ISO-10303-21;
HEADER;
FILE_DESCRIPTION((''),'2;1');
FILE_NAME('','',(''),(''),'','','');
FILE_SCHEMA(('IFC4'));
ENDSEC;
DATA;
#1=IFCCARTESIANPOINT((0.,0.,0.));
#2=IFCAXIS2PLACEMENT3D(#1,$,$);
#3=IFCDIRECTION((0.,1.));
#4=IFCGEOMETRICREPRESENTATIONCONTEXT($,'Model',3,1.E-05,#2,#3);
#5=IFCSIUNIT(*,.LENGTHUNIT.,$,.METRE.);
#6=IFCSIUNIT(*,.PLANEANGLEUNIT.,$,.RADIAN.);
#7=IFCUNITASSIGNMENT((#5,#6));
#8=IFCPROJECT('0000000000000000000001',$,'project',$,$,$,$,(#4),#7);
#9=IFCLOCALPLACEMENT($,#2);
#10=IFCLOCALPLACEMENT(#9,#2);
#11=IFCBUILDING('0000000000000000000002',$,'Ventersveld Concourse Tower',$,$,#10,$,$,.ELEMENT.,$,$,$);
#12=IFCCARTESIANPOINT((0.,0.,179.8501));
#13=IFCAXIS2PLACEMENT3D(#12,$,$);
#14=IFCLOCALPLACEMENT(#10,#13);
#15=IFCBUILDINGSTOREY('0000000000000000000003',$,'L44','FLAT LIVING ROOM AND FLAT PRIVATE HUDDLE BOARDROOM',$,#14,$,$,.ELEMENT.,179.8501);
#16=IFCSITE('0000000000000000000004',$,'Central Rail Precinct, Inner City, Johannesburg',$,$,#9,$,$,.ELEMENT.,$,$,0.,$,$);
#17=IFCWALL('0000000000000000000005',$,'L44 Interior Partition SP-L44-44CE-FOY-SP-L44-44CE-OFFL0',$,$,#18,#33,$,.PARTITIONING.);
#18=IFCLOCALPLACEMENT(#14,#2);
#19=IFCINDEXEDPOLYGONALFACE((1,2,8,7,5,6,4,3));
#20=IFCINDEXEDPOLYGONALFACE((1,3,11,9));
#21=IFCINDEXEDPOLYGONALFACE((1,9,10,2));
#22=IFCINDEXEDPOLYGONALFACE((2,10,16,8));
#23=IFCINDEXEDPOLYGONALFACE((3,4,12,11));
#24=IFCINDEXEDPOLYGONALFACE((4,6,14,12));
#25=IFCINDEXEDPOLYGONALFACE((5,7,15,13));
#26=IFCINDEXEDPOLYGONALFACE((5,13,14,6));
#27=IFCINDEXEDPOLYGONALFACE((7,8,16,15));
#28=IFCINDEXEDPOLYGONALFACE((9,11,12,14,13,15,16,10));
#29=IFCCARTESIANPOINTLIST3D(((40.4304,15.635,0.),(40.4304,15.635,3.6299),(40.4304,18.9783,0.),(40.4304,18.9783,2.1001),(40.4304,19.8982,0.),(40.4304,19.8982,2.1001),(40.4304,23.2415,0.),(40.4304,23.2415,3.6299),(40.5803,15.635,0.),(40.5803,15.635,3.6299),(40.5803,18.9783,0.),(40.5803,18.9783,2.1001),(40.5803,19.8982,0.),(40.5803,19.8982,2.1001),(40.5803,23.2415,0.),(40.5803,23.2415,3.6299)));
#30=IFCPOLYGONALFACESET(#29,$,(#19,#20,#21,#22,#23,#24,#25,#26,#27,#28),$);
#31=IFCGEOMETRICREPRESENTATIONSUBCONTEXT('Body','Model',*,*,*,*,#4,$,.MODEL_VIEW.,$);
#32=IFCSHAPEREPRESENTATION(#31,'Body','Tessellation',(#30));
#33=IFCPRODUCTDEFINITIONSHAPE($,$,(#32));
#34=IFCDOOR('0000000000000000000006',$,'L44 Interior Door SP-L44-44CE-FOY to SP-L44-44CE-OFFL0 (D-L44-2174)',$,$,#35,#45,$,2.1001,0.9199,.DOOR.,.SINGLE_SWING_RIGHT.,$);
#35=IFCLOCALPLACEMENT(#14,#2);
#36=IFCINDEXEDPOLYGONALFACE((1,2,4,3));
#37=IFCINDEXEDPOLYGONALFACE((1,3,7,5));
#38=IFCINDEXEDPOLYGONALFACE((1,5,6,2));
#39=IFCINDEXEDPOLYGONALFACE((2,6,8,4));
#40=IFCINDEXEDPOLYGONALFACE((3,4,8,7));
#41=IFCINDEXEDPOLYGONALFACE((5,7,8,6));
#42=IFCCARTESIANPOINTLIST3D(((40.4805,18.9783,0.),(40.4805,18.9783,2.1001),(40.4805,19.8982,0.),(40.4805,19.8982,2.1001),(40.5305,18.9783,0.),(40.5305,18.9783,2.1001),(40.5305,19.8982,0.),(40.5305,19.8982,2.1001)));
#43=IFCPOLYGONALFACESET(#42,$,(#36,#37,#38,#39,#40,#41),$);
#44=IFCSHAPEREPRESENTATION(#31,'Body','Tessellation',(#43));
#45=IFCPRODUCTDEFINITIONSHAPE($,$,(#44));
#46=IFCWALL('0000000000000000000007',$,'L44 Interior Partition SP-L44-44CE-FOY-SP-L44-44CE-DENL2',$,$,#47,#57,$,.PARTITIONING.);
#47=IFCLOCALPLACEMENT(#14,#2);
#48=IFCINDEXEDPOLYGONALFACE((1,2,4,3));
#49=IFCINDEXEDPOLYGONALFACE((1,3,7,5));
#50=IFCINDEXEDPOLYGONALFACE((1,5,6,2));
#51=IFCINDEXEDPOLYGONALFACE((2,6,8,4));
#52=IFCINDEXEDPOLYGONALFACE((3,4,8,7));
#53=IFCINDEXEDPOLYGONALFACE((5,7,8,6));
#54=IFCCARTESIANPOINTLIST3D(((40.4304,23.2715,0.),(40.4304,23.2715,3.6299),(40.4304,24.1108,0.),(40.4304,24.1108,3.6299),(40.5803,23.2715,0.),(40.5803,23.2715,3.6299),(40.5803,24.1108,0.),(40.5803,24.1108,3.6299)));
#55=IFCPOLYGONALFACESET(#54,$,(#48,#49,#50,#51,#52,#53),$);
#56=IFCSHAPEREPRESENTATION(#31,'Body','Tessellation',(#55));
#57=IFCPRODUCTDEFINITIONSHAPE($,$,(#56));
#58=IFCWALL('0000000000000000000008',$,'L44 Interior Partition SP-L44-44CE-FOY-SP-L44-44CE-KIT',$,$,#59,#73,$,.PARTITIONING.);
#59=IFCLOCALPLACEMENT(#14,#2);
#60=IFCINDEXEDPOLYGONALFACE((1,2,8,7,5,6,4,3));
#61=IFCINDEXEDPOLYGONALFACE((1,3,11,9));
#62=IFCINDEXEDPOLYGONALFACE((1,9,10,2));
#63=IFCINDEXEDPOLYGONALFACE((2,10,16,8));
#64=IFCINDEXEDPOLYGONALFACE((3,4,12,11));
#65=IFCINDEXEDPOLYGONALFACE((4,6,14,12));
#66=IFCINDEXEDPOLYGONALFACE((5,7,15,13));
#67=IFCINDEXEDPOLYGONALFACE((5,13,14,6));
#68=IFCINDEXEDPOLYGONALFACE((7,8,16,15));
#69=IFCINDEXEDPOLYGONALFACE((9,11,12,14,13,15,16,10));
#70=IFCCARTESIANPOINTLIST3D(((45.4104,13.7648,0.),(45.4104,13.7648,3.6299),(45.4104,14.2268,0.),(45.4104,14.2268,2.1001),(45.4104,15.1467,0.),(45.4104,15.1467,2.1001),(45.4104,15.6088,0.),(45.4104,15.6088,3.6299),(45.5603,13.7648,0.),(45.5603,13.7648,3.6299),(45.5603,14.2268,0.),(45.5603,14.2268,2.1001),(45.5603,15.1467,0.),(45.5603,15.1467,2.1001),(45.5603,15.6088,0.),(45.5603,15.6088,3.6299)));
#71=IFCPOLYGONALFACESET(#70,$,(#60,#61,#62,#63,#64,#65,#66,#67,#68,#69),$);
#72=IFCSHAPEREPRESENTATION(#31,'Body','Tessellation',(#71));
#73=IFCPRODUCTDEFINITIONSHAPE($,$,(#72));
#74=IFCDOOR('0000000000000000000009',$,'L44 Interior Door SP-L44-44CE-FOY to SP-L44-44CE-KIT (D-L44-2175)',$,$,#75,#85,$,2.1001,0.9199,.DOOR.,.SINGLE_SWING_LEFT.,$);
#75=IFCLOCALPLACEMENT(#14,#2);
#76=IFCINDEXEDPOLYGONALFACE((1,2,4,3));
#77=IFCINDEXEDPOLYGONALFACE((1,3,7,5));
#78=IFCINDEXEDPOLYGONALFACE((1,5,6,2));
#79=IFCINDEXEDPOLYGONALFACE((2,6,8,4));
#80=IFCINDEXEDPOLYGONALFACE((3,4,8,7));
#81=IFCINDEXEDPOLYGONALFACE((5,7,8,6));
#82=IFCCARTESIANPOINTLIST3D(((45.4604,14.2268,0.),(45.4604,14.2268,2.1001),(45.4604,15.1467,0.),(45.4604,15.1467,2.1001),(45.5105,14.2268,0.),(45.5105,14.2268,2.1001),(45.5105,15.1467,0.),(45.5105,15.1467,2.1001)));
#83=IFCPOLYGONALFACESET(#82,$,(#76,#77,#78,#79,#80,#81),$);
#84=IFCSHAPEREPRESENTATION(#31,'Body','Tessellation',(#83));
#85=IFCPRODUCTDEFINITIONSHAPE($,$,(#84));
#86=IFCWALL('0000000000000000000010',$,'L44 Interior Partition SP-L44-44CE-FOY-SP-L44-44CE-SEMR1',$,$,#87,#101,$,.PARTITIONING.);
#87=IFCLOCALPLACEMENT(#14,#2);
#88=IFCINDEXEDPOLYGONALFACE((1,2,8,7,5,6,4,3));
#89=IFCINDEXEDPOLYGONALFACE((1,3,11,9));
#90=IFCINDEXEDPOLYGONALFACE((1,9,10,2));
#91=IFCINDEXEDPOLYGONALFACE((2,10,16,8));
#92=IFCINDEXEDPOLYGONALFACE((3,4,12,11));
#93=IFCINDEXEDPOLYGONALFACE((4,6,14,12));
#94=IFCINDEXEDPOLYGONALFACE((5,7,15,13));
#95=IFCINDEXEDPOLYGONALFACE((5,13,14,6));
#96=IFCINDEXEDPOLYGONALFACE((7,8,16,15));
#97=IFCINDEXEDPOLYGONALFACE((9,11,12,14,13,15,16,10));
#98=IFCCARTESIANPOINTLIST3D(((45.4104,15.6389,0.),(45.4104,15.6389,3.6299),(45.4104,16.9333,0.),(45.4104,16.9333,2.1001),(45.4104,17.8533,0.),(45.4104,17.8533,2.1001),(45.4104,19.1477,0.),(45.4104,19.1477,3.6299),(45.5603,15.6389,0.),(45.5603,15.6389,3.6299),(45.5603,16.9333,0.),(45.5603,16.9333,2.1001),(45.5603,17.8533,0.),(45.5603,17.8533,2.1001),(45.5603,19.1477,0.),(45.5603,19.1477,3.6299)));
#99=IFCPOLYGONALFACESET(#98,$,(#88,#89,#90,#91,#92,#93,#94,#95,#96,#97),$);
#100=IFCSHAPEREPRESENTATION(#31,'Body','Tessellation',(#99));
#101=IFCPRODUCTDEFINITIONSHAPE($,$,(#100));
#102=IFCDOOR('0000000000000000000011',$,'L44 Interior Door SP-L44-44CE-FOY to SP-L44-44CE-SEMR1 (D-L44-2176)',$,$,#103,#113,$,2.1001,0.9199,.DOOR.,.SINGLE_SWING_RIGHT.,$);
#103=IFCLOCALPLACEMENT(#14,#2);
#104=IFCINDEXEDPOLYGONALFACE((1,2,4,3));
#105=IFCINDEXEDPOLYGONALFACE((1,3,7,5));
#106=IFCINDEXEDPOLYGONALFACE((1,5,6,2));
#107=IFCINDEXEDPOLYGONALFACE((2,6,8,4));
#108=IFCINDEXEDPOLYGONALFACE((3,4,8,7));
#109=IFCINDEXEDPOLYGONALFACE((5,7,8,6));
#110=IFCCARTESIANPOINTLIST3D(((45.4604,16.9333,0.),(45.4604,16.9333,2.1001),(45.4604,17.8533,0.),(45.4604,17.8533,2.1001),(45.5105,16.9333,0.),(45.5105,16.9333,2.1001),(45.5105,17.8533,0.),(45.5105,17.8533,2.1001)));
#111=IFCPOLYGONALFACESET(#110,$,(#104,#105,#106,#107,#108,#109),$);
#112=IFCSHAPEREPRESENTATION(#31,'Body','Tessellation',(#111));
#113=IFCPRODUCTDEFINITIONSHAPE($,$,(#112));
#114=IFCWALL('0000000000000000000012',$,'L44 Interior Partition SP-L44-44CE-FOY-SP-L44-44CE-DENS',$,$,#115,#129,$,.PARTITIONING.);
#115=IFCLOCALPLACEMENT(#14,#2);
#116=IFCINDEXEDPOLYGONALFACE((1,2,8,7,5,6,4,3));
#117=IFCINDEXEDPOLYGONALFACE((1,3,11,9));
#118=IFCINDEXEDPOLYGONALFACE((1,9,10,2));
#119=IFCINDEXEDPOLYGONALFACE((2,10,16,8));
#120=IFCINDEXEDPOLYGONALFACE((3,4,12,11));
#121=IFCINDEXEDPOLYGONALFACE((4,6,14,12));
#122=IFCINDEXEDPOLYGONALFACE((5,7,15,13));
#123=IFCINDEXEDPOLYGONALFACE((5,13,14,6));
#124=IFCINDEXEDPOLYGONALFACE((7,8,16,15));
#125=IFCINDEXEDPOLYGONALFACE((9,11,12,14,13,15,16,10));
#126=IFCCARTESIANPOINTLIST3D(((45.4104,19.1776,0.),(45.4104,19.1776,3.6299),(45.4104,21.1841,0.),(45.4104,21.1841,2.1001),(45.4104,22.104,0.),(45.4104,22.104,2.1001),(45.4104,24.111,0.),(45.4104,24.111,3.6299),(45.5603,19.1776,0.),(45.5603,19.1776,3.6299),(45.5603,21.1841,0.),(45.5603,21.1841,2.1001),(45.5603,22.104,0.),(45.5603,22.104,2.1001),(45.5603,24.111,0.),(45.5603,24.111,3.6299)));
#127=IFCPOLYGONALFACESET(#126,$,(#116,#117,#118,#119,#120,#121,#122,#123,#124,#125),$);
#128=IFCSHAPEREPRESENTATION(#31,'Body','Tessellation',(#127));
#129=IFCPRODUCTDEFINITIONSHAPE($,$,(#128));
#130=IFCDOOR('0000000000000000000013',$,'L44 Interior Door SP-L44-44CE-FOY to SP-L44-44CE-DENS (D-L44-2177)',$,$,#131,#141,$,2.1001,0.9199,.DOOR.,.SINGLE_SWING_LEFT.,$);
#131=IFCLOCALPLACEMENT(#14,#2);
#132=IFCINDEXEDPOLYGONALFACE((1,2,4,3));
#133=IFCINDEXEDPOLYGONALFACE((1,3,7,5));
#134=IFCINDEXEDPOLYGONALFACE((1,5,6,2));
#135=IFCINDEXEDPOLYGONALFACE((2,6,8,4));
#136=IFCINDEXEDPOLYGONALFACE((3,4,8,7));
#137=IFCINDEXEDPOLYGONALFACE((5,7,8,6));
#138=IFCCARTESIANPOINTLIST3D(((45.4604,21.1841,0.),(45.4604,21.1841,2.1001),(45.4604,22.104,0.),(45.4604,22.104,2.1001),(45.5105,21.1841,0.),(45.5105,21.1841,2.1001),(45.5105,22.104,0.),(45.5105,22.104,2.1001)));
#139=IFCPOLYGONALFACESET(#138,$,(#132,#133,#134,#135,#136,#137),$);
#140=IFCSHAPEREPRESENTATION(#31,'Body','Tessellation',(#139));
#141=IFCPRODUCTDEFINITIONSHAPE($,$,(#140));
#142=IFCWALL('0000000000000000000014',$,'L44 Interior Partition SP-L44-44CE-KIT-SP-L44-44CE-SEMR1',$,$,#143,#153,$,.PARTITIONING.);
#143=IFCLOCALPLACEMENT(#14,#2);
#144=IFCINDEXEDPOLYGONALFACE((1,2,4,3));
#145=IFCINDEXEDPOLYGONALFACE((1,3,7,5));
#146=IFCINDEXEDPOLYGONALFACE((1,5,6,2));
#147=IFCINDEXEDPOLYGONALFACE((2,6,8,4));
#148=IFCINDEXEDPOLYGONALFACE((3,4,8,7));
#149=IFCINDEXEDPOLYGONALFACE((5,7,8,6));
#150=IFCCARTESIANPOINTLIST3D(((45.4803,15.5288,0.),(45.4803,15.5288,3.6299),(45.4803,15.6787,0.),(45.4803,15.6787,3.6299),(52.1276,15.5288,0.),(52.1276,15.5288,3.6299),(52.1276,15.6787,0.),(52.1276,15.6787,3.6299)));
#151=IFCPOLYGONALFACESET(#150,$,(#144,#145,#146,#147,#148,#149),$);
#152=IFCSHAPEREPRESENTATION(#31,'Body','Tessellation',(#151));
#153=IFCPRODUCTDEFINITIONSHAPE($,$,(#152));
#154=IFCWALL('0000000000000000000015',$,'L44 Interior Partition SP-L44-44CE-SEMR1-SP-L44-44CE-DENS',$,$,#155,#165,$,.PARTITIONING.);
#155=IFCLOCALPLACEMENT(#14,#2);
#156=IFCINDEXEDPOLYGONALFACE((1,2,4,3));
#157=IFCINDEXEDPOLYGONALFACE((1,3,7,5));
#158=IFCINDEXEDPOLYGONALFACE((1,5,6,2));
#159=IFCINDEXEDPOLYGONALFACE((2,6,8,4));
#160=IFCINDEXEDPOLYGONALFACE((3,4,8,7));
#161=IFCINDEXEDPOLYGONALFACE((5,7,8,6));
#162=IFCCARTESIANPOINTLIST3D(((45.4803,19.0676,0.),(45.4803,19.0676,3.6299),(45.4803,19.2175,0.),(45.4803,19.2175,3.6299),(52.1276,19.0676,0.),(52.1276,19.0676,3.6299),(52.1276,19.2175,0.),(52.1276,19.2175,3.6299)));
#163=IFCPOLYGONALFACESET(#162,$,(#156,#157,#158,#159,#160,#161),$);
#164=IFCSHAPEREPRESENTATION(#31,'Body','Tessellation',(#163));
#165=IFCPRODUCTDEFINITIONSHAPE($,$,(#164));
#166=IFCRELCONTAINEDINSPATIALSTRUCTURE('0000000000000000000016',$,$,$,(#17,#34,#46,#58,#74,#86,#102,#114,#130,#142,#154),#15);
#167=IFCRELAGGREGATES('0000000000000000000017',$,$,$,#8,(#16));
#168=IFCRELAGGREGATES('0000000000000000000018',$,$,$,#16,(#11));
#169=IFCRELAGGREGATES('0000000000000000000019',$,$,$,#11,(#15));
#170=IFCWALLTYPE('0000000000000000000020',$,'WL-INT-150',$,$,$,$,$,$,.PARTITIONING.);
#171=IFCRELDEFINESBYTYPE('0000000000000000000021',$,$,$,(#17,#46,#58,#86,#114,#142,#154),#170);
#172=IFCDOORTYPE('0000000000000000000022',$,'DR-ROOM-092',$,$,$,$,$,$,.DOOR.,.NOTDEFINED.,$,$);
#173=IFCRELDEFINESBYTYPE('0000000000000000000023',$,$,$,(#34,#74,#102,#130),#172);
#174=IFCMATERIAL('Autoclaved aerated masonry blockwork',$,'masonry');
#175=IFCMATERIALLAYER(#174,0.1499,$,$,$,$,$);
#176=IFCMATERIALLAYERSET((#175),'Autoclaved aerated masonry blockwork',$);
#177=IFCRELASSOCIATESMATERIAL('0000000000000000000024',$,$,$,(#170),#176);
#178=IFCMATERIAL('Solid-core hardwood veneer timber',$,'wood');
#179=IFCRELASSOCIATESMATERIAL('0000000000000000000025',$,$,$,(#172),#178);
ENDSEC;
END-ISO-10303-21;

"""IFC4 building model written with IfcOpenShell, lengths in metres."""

from ifc_helpers import new_model, si_unit, direction, frame, frame_2d, origin, place, context, subcontext, project, spatial, rectangle, extrude, material, layer, layer_set, type_object, element, fill, save


model = new_model("IFC4")

# Units and contexts
model_context = context("Model", 3, precision=1e-05, world=origin(), true_north=direction((0.0, 1.0)))
body_context = subcontext(model_context, "Body", "Model", "MODEL_VIEW")
ifc_project = project(units=[si_unit("LENGTHUNIT", "METRE"), si_unit("PLANEANGLEUNIT", "RADIAN")], contexts=[model_context])

# Site, building, storey
site_placement = place(None, origin())
site = spatial("IfcSite", under=ifc_project, at=site_placement, Name="Central Rail Precinct, Inner City, Johannesburg", CompositionType="ELEMENT", RefElevation=0.0)
building_placement = place(site_placement, origin())
building = spatial("IfcBuilding", under=site, at=building_placement, Name="Ventersveld Concourse Tower", CompositionType="ELEMENT")
storey_placement = place(building_placement, frame((0.0, 0.0, 179.8501)))
storey = spatial("IfcBuildingStorey", under=building, at=storey_placement, Name="L44", Description="FLAT LIVING ROOM AND FLAT PRIVATE HUDDLE BOARDROOM", CompositionType="ELEMENT", Elevation=179.8501)

# Shared definitions
ifc_material_1 = material(Name="Solid-core hardwood veneer timber", Category="wood")

# Wall, opening, door
ifc_material_2 = material(Name="Autoclaved aerated masonry blockwork", Category="masonry")
ifc_layer_1 = layer(ifc_material_2, 0.1499)
ifc_layer_set_1 = layer_set([ifc_layer_1], Name="Autoclaved aerated masonry blockwork")
wall_type_1 = type_object("IfcWallType", Name="WL-INT-150", PredefinedType="PARTITIONING", material=ifc_layer_set_1)
wall_1_placement = place(storey_placement, frame((40.5054, 15.635, 0.0), z_axis=(0.0, 0.0, 1.0), x_axis=(0.0, 1.0, 0.0)))
wall_1 = element("IfcWall", 1, at=wall_1_placement, inside=storey, type_object=wall_type_1, Name="L44 Interior Partition SP-L44-44CE-FOY-SP-L44-44CE-OFFL0", PredefinedType="PARTITIONING", context=body_context, shape_type="SweptSolid", body=[
    extrude(rectangle(XDim=7.6064, YDim=0.1499, at=frame_2d((3.8032, 0.0))), origin(), (0.0, 0.0, 1.0), 3.6299),
])
opening_1_placement = place(wall_1_placement, frame((3.3433, 0.0, 0.0)))
opening_1 = element("IfcOpeningElement", 2, at=opening_1_placement, cuts=wall_1, PredefinedType="OPENING", context=body_context, shape_type="SweptSolid", body=[
    extrude(rectangle(XDim=0.9199, YDim=2.1001, at=frame_2d((0.46, 1.05))), frame((0.0, 0.085, 0.0), z_axis=(0.0, -1.0, 0.0), x_axis=(1.0, 0.0, 0.0)), (0.0, 0.0, 1.0), 0.1699),
])
door_type_1 = type_object("IfcDoorType", Name="DR-ROOM-092", OperationType="NOTDEFINED", PredefinedType="DOOR", material=ifc_material_1)
door_1_placement = place(opening_1_placement, origin())
door_1 = element("IfcDoor", 3, at=door_1_placement, inside=storey, type_object=door_type_1, Name="L44 Interior Door SP-L44-44CE-FOY to SP-L44-44CE-OFFL0 (D-L44-2174)", OperationType="SINGLE_SWING_RIGHT", OverallHeight=2.1001, OverallWidth=0.9199, PredefinedType="DOOR", context=body_context, shape_type="SweptSolid", body=[
    extrude(rectangle(XDim=0.9199, YDim=2.1001, at=frame_2d((0.46, 1.05))), frame((0.0, 0.0249, 0.0), z_axis=(0.0, -1.0, 0.0), x_axis=(1.0, 0.0, 0.0)), (0.0, 0.0, 1.0), 0.05),
])
fill(opening_1, door_1)

# Wall
wall_2_placement = place(storey_placement, frame((40.5054, 23.2715, 0.0), z_axis=(0.0, 0.0, 1.0), x_axis=(0.0, 1.0, 0.0)))
element("IfcWall", 4, at=wall_2_placement, inside=storey, type_object=wall_type_1, Name="L44 Interior Partition SP-L44-44CE-FOY-SP-L44-44CE-DENL2", PredefinedType="PARTITIONING", context=body_context, shape_type="SweptSolid", body=[
    extrude(rectangle(XDim=0.8394, YDim=0.1499, at=frame_2d((0.4197, 0.0))), origin(), (0.0, 0.0, 1.0), 3.6299),
])

# Walls, openings, doors
wall_3_placement = place(storey_placement, frame((45.4854, 13.7649, 0.0), z_axis=(0.0, 0.0, 1.0), x_axis=(0.0, 1.0, 0.0)))
wall_3 = element("IfcWall", 5, at=wall_3_placement, inside=storey, type_object=wall_type_1, Name="L44 Interior Partition SP-L44-44CE-FOY-SP-L44-44CE-KIT", PredefinedType="PARTITIONING", context=body_context, shape_type="SweptSolid", body=[
    extrude(rectangle(XDim=1.844, YDim=0.1499, at=frame_2d((0.9219, 0.0))), origin(), (0.0, 0.0, 1.0), 3.6299),
])
opening_2_placement = place(wall_3_placement, frame((0.4619, 0.0, 0.0)))
opening_2 = element("IfcOpeningElement", 6, at=opening_2_placement, cuts=wall_3, PredefinedType="OPENING", context=body_context, shape_type="SweptSolid", body=[
    extrude(rectangle(XDim=0.9199, YDim=2.1001, at=frame_2d((0.46, 1.05))), frame((0.0, 0.085, 0.0), z_axis=(0.0, -1.0, 0.0), x_axis=(1.0, 0.0, 0.0)), (0.0, 0.0, 1.0), 0.1699),
])
door_2_placement = place(opening_2_placement, origin())
door_2 = element("IfcDoor", 7, at=door_2_placement, inside=storey, type_object=door_type_1, Name="L44 Interior Door SP-L44-44CE-FOY to SP-L44-44CE-KIT (D-L44-2175)", OperationType="SINGLE_SWING_LEFT", OverallHeight=2.1001, OverallWidth=0.9199, PredefinedType="DOOR", context=body_context, shape_type="SweptSolid", body=[
    extrude(rectangle(XDim=0.9199, YDim=2.1001, at=frame_2d((0.46, 1.05))), frame((0.0, 0.0249, 0.0), z_axis=(0.0, -1.0, 0.0), x_axis=(1.0, 0.0, 0.0)), (0.0, 0.0, 1.0), 0.05),
])
fill(opening_2, door_2)
wall_4_placement = place(storey_placement, frame((45.4854, 15.6389, 0.0), z_axis=(0.0, 0.0, 1.0), x_axis=(0.0, 1.0, 0.0)))
wall_4 = element("IfcWall", 8, at=wall_4_placement, inside=storey, type_object=wall_type_1, Name="L44 Interior Partition SP-L44-44CE-FOY-SP-L44-44CE-SEMR1", PredefinedType="PARTITIONING", context=body_context, shape_type="SweptSolid", body=[
    extrude(rectangle(XDim=3.5088, YDim=0.1499, at=frame_2d((1.7544, 0.0))), origin(), (0.0, 0.0, 1.0), 3.6299),
])
opening_3_placement = place(wall_4_placement, frame((1.2944, 0.0, 0.0)))
opening_3 = element("IfcOpeningElement", 9, at=opening_3_placement, cuts=wall_4, PredefinedType="OPENING", context=body_context, shape_type="SweptSolid", body=[
    extrude(rectangle(XDim=0.9199, YDim=2.1001, at=frame_2d((0.46, 1.05))), frame((0.0, 0.085, 0.0), z_axis=(0.0, -1.0, 0.0), x_axis=(1.0, 0.0, 0.0)), (0.0, 0.0, 1.0), 0.1699),
])
door_3_placement = place(opening_3_placement, origin())
door_3 = element("IfcDoor", 10, at=door_3_placement, inside=storey, type_object=door_type_1, Name="L44 Interior Door SP-L44-44CE-FOY to SP-L44-44CE-SEMR1 (D-L44-2176)", OperationType="SINGLE_SWING_RIGHT", OverallHeight=2.1001, OverallWidth=0.9199, PredefinedType="DOOR", context=body_context, shape_type="SweptSolid", body=[
    extrude(rectangle(XDim=0.9199, YDim=2.1001, at=frame_2d((0.46, 1.05))), frame((0.0, 0.0249, 0.0), z_axis=(0.0, -1.0, 0.0), x_axis=(1.0, 0.0, 0.0)), (0.0, 0.0, 1.0), 0.05),
])
fill(opening_3, door_3)
wall_5_placement = place(storey_placement, frame((45.4854, 19.1775, 0.0), z_axis=(0.0, 0.0, 1.0), x_axis=(0.0, 1.0, 0.0)))
wall_5 = element("IfcWall", 11, at=wall_5_placement, inside=storey, type_object=wall_type_1, Name="L44 Interior Partition SP-L44-44CE-FOY-SP-L44-44CE-DENS", PredefinedType="PARTITIONING", context=body_context, shape_type="SweptSolid", body=[
    extrude(rectangle(XDim=4.9333, YDim=0.1499, at=frame_2d((2.4668, 0.0))), origin(), (0.0, 0.0, 1.0), 3.6299),
])
opening_4_placement = place(wall_5_placement, frame((2.0066, 0.0, 0.0)))
opening_4 = element("IfcOpeningElement", 12, at=opening_4_placement, cuts=wall_5, PredefinedType="OPENING", context=body_context, shape_type="SweptSolid", body=[
    extrude(rectangle(XDim=0.9199, YDim=2.1001, at=frame_2d((0.46, 1.05))), frame((0.0, 0.085, 0.0), z_axis=(0.0, -1.0, 0.0), x_axis=(1.0, 0.0, 0.0)), (0.0, 0.0, 1.0), 0.1699),
])
door_4_placement = place(opening_4_placement, origin())
door_4 = element("IfcDoor", 13, at=door_4_placement, inside=storey, type_object=door_type_1, Name="L44 Interior Door SP-L44-44CE-FOY to SP-L44-44CE-DENS (D-L44-2177)", OperationType="SINGLE_SWING_LEFT", OverallHeight=2.1001, OverallWidth=0.9199, PredefinedType="DOOR", context=body_context, shape_type="SweptSolid", body=[
    extrude(rectangle(XDim=0.9199, YDim=2.1001, at=frame_2d((0.46, 1.05))), frame((0.0, 0.0249, 0.0), z_axis=(0.0, -1.0, 0.0), x_axis=(1.0, 0.0, 0.0)), (0.0, 0.0, 1.0), 0.05),
])
fill(opening_4, door_4)

# Walls
for number, where, z_axis, x_axis, name in (
    (14, (45.4802, 15.6038, 0.0), (0.0, 0.0, 1.0), (1.0, 0.0, 0.0), "L44 Interior Partition SP-L44-44CE-KIT-SP-L44-44CE-SEMR1"),
    (15, (45.4802, 19.1426, 0.0), (0.0, 0.0, 1.0), (1.0, 0.0, 0.0), "L44 Interior Partition SP-L44-44CE-SEMR1-SP-L44-44CE-DENS"),
):
    element("IfcWall", number, at=place(storey_placement, frame(where, z_axis=z_axis, x_axis=x_axis)), inside=storey, type_object=wall_type_1, Name=name, PredefinedType="PARTITIONING", context=body_context, shape_type="SweptSolid", body=[
        extrude(rectangle(XDim=6.6472, YDim=0.1499, at=frame_2d((3.3237, 0.0))), origin(), (0.0, 0.0, 1.0), 3.6299),
    ])

save(model, "model.ifc")
